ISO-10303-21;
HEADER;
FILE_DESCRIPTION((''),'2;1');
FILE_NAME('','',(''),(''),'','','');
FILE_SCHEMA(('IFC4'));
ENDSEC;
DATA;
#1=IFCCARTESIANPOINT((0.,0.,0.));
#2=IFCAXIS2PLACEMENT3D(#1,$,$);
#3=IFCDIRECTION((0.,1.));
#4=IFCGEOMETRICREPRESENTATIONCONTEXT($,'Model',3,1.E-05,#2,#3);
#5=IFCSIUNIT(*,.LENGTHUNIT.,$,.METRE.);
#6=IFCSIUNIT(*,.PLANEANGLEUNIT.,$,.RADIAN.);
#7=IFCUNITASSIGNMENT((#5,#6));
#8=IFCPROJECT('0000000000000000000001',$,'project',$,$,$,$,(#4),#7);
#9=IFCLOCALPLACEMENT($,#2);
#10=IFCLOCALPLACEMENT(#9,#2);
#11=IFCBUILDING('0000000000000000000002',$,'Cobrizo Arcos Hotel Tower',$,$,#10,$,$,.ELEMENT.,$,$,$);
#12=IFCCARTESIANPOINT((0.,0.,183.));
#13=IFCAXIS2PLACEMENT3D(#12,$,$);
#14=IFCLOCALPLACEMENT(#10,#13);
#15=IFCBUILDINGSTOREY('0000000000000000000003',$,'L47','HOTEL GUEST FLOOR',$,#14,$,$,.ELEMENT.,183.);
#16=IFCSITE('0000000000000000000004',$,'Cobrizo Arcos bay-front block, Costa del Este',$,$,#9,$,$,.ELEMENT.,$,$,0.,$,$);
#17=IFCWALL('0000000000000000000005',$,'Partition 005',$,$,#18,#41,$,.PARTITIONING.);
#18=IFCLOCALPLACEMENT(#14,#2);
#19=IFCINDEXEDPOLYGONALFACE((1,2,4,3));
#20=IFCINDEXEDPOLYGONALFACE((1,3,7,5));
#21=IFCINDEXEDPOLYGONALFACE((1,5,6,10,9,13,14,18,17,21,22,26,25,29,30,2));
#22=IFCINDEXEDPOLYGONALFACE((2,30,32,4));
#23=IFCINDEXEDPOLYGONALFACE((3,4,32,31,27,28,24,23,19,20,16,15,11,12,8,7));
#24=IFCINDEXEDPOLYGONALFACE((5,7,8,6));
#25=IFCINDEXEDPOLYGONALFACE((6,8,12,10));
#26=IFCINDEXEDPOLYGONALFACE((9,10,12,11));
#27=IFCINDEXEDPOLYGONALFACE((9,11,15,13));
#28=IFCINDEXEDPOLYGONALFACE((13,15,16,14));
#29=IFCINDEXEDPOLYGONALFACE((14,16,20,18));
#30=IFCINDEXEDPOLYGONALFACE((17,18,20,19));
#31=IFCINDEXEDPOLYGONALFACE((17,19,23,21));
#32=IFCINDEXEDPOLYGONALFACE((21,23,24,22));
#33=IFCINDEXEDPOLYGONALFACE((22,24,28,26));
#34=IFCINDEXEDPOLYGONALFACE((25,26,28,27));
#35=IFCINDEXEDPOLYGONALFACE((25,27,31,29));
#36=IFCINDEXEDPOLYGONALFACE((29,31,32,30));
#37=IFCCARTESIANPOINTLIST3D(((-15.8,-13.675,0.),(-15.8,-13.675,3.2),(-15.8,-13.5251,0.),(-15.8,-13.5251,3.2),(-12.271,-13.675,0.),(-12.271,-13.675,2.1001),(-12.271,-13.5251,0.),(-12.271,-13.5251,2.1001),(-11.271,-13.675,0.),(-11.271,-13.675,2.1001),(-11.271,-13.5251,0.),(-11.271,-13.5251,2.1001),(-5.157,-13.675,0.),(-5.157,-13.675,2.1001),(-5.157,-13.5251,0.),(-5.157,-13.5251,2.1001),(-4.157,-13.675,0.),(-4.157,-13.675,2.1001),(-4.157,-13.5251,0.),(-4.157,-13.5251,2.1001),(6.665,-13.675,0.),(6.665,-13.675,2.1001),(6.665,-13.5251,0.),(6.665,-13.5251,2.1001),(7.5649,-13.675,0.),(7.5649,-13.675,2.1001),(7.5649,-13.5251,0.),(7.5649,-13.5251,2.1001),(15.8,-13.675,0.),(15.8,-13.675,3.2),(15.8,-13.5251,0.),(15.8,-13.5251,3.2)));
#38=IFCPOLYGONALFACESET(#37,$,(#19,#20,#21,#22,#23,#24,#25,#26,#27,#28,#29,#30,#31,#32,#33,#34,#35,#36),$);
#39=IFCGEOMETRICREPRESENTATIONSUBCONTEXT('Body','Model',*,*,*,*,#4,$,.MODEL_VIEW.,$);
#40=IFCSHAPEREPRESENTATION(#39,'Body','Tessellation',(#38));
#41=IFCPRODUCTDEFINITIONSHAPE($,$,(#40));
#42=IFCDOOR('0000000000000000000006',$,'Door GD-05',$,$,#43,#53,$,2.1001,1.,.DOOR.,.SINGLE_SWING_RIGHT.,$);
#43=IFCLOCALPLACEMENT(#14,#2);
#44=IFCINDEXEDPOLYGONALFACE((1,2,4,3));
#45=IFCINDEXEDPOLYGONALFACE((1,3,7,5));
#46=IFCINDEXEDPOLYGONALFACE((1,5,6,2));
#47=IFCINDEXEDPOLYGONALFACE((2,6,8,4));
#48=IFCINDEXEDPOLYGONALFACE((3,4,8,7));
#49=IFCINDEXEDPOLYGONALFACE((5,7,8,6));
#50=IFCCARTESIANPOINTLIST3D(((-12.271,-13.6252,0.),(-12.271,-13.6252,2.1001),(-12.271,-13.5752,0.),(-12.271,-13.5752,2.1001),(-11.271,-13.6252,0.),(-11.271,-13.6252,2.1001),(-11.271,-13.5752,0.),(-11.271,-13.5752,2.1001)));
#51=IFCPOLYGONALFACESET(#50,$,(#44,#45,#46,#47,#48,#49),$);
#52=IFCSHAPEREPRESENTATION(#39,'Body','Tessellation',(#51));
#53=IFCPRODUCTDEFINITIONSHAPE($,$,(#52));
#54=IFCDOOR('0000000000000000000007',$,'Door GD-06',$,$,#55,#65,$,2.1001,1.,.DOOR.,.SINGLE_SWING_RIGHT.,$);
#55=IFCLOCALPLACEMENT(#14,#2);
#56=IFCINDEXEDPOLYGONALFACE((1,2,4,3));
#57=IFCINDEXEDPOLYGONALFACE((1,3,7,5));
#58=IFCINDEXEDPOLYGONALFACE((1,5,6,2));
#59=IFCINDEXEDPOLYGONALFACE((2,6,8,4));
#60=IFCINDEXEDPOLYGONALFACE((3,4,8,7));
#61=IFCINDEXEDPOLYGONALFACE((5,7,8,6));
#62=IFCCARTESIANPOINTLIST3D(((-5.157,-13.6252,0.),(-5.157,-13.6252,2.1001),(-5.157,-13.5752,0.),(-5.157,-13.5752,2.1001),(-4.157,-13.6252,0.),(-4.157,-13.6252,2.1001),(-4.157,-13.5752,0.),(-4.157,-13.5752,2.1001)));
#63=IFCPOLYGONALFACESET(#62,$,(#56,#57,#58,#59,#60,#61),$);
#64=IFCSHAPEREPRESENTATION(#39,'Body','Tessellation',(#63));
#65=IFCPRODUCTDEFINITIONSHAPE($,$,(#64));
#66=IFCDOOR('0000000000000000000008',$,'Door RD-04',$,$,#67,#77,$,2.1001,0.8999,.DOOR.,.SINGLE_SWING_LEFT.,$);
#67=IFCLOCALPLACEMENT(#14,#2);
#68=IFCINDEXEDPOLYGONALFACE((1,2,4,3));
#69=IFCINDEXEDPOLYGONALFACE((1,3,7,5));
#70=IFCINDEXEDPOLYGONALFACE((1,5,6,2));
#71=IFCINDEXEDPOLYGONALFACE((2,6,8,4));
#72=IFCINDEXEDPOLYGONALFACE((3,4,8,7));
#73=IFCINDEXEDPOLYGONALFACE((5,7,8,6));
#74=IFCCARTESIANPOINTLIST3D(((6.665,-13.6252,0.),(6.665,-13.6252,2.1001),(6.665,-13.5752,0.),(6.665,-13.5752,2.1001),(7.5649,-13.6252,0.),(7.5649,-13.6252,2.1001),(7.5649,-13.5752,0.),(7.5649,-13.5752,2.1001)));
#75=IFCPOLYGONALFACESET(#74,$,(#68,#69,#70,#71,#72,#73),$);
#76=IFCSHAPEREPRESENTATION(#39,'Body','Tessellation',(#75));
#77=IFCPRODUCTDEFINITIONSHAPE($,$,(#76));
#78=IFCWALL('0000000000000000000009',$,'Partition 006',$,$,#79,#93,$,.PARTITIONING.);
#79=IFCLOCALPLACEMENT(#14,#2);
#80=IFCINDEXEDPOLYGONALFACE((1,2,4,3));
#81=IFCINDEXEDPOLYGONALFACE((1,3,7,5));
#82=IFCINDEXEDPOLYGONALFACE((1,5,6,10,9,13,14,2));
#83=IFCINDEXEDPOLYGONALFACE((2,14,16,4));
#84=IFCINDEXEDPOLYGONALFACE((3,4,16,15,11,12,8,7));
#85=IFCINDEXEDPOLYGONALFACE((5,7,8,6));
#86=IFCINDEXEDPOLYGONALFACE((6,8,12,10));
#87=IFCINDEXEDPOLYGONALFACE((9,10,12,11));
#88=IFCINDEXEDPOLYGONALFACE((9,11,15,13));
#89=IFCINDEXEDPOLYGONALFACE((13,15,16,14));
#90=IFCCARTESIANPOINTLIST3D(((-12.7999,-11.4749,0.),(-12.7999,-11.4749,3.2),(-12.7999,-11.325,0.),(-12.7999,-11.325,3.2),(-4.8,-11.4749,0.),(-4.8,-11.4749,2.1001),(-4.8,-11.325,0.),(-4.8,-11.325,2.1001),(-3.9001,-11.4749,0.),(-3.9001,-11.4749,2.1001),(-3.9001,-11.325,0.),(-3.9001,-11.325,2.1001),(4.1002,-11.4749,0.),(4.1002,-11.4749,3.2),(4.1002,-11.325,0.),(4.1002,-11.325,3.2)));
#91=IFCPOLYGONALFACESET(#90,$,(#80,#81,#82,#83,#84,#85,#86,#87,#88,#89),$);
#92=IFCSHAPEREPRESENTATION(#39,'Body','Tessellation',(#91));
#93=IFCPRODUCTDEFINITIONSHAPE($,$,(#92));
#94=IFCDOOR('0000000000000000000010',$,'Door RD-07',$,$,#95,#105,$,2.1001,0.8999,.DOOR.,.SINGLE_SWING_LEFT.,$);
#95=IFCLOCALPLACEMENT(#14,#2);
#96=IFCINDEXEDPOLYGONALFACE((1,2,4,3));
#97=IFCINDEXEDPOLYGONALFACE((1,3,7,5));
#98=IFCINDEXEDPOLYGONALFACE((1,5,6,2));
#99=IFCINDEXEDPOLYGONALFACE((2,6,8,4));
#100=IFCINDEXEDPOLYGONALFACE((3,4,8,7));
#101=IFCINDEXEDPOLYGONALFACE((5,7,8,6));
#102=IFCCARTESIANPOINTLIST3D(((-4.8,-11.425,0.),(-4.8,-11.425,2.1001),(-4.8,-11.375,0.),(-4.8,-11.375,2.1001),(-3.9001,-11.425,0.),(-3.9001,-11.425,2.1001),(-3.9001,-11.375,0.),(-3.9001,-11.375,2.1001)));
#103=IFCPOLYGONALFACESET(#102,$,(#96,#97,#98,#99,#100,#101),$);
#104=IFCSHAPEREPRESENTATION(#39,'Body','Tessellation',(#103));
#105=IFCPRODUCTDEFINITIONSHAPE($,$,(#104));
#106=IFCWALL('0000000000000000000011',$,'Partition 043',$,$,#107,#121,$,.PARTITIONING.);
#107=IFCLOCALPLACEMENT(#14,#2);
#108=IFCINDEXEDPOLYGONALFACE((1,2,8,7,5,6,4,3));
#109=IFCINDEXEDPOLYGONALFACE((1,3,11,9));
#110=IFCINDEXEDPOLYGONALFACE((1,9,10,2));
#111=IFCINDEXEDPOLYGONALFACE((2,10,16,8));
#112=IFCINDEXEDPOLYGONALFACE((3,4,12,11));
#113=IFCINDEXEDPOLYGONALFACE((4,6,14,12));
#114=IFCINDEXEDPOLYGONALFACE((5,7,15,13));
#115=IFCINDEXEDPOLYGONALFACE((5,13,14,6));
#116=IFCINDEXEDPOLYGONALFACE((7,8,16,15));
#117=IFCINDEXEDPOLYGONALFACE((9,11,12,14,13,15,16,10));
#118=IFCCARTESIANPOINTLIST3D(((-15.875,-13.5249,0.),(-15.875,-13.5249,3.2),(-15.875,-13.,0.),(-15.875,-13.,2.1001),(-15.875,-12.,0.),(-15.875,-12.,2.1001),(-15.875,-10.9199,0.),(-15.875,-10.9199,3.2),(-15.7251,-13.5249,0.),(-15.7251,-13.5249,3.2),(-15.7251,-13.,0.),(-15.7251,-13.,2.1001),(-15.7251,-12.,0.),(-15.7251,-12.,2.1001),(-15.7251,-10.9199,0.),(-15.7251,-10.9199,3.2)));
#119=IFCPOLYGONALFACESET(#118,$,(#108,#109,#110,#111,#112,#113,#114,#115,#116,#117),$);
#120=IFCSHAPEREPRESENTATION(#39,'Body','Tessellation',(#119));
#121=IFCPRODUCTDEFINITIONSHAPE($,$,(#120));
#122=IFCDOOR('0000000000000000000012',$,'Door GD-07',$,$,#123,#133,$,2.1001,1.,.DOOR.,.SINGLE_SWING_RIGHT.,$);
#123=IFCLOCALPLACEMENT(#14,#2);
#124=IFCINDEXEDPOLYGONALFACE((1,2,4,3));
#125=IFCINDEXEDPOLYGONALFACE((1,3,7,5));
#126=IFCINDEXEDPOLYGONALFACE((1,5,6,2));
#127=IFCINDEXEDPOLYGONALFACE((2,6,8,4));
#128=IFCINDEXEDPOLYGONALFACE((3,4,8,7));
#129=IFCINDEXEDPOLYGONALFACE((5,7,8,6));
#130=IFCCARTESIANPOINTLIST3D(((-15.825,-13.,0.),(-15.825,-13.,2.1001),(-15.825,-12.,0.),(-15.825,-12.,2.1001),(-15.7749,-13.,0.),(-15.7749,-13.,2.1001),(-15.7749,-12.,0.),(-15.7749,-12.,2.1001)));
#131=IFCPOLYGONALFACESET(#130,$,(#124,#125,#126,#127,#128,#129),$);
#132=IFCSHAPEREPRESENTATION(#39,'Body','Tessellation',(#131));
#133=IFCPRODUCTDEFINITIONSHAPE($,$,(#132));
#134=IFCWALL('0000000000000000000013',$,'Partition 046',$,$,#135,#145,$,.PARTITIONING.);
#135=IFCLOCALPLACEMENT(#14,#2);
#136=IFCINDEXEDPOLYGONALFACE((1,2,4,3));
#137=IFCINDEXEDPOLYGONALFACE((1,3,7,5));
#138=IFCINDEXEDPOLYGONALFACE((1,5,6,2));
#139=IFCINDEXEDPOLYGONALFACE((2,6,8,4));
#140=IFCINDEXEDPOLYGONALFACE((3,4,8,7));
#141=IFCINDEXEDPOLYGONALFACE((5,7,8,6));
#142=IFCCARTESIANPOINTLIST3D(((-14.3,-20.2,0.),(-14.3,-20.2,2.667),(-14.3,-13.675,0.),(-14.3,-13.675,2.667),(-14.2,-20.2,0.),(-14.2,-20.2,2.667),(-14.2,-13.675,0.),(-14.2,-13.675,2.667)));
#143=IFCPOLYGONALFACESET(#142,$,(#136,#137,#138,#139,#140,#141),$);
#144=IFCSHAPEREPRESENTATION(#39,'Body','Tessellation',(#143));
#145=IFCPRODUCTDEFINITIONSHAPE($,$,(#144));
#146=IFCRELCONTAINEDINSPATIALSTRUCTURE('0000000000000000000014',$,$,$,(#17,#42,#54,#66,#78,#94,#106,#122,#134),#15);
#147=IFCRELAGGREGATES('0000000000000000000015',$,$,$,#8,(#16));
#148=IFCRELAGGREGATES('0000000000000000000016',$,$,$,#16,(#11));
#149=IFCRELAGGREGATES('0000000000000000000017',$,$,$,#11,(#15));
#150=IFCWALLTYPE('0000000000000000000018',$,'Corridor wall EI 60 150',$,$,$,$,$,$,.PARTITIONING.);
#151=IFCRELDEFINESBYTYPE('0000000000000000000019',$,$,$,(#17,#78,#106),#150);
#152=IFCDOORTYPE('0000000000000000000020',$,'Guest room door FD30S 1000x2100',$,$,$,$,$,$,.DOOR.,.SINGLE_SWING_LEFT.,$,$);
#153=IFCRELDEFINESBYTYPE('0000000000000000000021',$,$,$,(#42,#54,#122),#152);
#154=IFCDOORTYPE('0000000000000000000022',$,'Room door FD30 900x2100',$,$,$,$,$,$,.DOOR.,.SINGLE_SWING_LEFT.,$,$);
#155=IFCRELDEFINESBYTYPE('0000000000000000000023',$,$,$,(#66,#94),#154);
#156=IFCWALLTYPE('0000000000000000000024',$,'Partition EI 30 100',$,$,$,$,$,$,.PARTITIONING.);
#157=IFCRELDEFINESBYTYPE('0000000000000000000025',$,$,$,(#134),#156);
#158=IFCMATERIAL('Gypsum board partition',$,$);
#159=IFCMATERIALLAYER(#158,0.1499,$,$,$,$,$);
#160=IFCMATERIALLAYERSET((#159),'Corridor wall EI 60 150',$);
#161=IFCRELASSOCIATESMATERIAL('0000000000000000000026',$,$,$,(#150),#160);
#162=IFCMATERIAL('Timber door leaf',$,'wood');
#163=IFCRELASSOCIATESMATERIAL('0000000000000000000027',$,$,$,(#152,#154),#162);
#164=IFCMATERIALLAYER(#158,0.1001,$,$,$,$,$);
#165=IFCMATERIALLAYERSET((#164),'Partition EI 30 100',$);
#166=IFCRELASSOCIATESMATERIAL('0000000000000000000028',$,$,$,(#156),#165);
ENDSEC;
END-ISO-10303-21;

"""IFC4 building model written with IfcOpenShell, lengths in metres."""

from ifc_helpers import new_model, si_unit, direction, frame, frame_2d, origin, place, context, subcontext, project, spatial, rectangle, extrude, material, layer, layer_set, type_object, element, fill, save


model = new_model("IFC4")

# Units and contexts
model_context = context("Model", 3, precision=1e-05, world=origin(), true_north=direction((0.0, 1.0)))
body_context = subcontext(model_context, "Body", "Model", "MODEL_VIEW")
ifc_project = project(units=[si_unit("LENGTHUNIT", "METRE"), si_unit("PLANEANGLEUNIT", "RADIAN")], contexts=[model_context])

# Site, building, storey
site_placement = place(None, origin())
site = spatial("IfcSite", under=ifc_project, at=site_placement, Name="Cobrizo Arcos bay-front block, Costa del Este", CompositionType="ELEMENT", RefElevation=0.0)
building_placement = place(site_placement, origin())
building = spatial("IfcBuilding", under=site, at=building_placement, Name="Cobrizo Arcos Hotel Tower", CompositionType="ELEMENT")
storey_placement = place(building_placement, frame((0.0, 0.0, 183.0)))
storey = spatial("IfcBuildingStorey", under=building, at=storey_placement, Name="L47", Description="HOTEL GUEST FLOOR", CompositionType="ELEMENT", Elevation=183.0)

# Wall, openings, doors
ifc_material_1 = material(Name="Gypsum board partition")
ifc_layer_1 = layer(ifc_material_1, 0.1499)
ifc_layer_set_1 = layer_set([ifc_layer_1], Name="Corridor wall EI 60 150")
wall_type_1 = type_object("IfcWallType", Name="Corridor wall EI 60 150", PredefinedType="PARTITIONING", material=ifc_layer_set_1)
wall_1_placement = place(storey_placement, frame((-15.8, -13.6001, 0.0), z_axis=(0.0, 0.0, 1.0), x_axis=(1.0, 0.0, 0.0)))
wall_1 = element("IfcWall", 1, at=wall_1_placement, inside=storey, type_object=wall_type_1, Name="Partition 005", PredefinedType="PARTITIONING", context=body_context, shape_type="SweptSolid", body=[
    extrude(rectangle(XDim=31.6001, YDim=0.1499, at=frame_2d((15.8, 0.0))), origin(), (0.0, 0.0, 1.0), 3.2),
])
opening_1_placement = place(wall_1_placement, frame((3.5291, 0.0, 0.0)))
opening_1 = element("IfcOpeningElement", 2, at=opening_1_placement, cuts=wall_1, PredefinedType="OPENING", context=body_context, shape_type="SweptSolid", body=[
    extrude(rectangle(XDim=1.0, YDim=2.1001, at=frame_2d((0.5, 1.05))), frame((0.0, 0.0869, 0.0), z_axis=(0.0, -1.0, 0.0), x_axis=(1.0, 0.0, 0.0)), (0.0, 0.0, 1.0), 0.1738),
])
opening_2_placement = place(wall_1_placement, frame((10.6431, 0.0, 0.0)))
opening_2 = element("IfcOpeningElement", 3, at=opening_2_placement, cuts=wall_1, PredefinedType="OPENING", context=body_context, shape_type="SweptSolid", body=[
    extrude(rectangle(XDim=1.0, YDim=2.1001, at=frame_2d((0.5, 1.05))), frame((0.0, 0.0869, 0.0), z_axis=(0.0, -1.0, 0.0), x_axis=(1.0, 0.0, 0.0)), (0.0, 0.0, 1.0), 0.1738),
])
opening_3_placement = place(wall_1_placement, frame((22.4651, 0.0, 0.0)))
opening_3 = element("IfcOpeningElement", 4, at=opening_3_placement, cuts=wall_1, PredefinedType="OPENING", context=body_context, shape_type="SweptSolid", body=[
    extrude(rectangle(XDim=0.8999, YDim=2.1001, at=frame_2d((0.45, 1.05))), frame((0.0, 0.0869, 0.0), z_axis=(0.0, -1.0, 0.0), x_axis=(1.0, 0.0, 0.0)), (0.0, 0.0, 1.0), 0.1738),
])
ifc_material_2 = material(Name="Timber door leaf", Category="wood")
door_type_1 = type_object("IfcDoorType", Name="Guest room door FD30S 1000x2100", OperationType="SINGLE_SWING_LEFT", PredefinedType="DOOR", material=ifc_material_2)
door_1_placement = place(opening_1_placement, origin())
door_1 = element("IfcDoor", 5, at=door_1_placement, inside=storey, type_object=door_type_1, Name="Door GD-05", OperationType="SINGLE_SWING_RIGHT", OverallHeight=2.1001, OverallWidth=1.0, PredefinedType="DOOR", context=body_context, shape_type="SweptSolid", body=[
    extrude(rectangle(XDim=1.0, YDim=2.1001, at=frame_2d((0.5, 1.05))), frame((0.0, 0.0249, 0.0), z_axis=(0.0, -1.0, 0.0), x_axis=(1.0, 0.0, 0.0)), (0.0, 0.0, 1.0), 0.05),
])
fill(opening_1, door_1)
door_2_placement = place(opening_2_placement, origin())
door_2 = element("IfcDoor", 6, at=door_2_placement, inside=storey, type_object=door_type_1, Name="Door GD-06", OperationType="SINGLE_SWING_RIGHT", OverallHeight=2.1001, OverallWidth=1.0, PredefinedType="DOOR", context=body_context, shape_type="SweptSolid", body=[
    extrude(rectangle(XDim=1.0, YDim=2.1001, at=frame_2d((0.5, 1.05))), frame((0.0, 0.0249, 0.0), z_axis=(0.0, -1.0, 0.0), x_axis=(1.0, 0.0, 0.0)), (0.0, 0.0, 1.0), 0.05),
])
fill(opening_2, door_2)
door_type_2 = type_object("IfcDoorType", Name="Room door FD30 900x2100", OperationType="SINGLE_SWING_LEFT", PredefinedType="DOOR", material=ifc_material_2)
door_3_placement = place(opening_3_placement, origin())
door_3 = element("IfcDoor", 7, at=door_3_placement, inside=storey, type_object=door_type_2, Name="Door RD-04", OperationType="SINGLE_SWING_LEFT", OverallHeight=2.1001, OverallWidth=0.8999, PredefinedType="DOOR", context=body_context, shape_type="SweptSolid", body=[
    extrude(rectangle(XDim=0.8999, YDim=2.1001, at=frame_2d((0.45, 1.05))), frame((0.0, 0.0249, 0.0), z_axis=(0.0, -1.0, 0.0), x_axis=(1.0, 0.0, 0.0)), (0.0, 0.0, 1.0), 0.05),
])
fill(opening_3, door_3)

# Walls, openings, doors
wall_2_placement = place(storey_placement, frame((-12.8, -11.3999, 0.0), z_axis=(0.0, 0.0, 1.0), x_axis=(1.0, 0.0, 0.0)))
wall_2 = element("IfcWall", 8, at=wall_2_placement, inside=storey, type_object=wall_type_1, Name="Partition 006", PredefinedType="PARTITIONING", context=body_context, shape_type="SweptSolid", body=[
    extrude(rectangle(XDim=16.9001, YDim=0.1499, at=frame_2d((8.4502, 0.0))), origin(), (0.0, 0.0, 1.0), 3.2),
])
opening_4_placement = place(wall_2_placement, frame((8.0, 0.0, 0.0)))
opening_4 = element("IfcOpeningElement", 9, at=opening_4_placement, cuts=wall_2, PredefinedType="OPENING", context=body_context, shape_type="SweptSolid", body=[
    extrude(rectangle(XDim=0.8999, YDim=2.1001, at=frame_2d((0.45, 1.05))), frame((0.0, 0.0869, 0.0), z_axis=(0.0, -1.0, 0.0), x_axis=(1.0, 0.0, 0.0)), (0.0, 0.0, 1.0), 0.1738),
])
door_4_placement = place(opening_4_placement, origin())
door_4 = element("IfcDoor", 10, at=door_4_placement, inside=storey, type_object=door_type_2, Name="Door RD-07", OperationType="SINGLE_SWING_LEFT", OverallHeight=2.1001, OverallWidth=0.8999, PredefinedType="DOOR", context=body_context, shape_type="SweptSolid", body=[
    extrude(rectangle(XDim=0.8999, YDim=2.1001, at=frame_2d((0.45, 1.05))), frame((0.0, 0.0249, 0.0), z_axis=(0.0, -1.0, 0.0), x_axis=(1.0, 0.0, 0.0)), (0.0, 0.0, 1.0), 0.05),
])
fill(opening_4, door_4)
wall_3_placement = place(storey_placement, frame((-15.8, -13.5249, 0.0), z_axis=(0.0, 0.0, 1.0), x_axis=(0.0, 1.0, 0.0)))
wall_3 = element("IfcWall", 11, at=wall_3_placement, inside=storey, type_object=wall_type_1, Name="Partition 043", PredefinedType="PARTITIONING", context=body_context, shape_type="SweptSolid", body=[
    extrude(rectangle(XDim=2.605, YDim=0.1499, at=frame_2d((1.3025, 0.0))), origin(), (0.0, 0.0, 1.0), 3.2),
])
opening_5_placement = place(wall_3_placement, frame((0.5249, 0.0, 0.0)))
opening_5 = element("IfcOpeningElement", 12, at=opening_5_placement, cuts=wall_3, PredefinedType="OPENING", context=body_context, shape_type="SweptSolid", body=[
    extrude(rectangle(XDim=1.0, YDim=2.1001, at=frame_2d((0.5, 1.05))), frame((0.0, 0.0869, 0.0), z_axis=(0.0, -1.0, 0.0), x_axis=(1.0, 0.0, 0.0)), (0.0, 0.0, 1.0), 0.1738),
])
door_5_placement = place(opening_5_placement, origin())
door_5 = element("IfcDoor", 13, at=door_5_placement, inside=storey, type_object=door_type_1, Name="Door GD-07", OperationType="SINGLE_SWING_RIGHT", OverallHeight=2.1001, OverallWidth=1.0, PredefinedType="DOOR", context=body_context, shape_type="SweptSolid", body=[
    extrude(rectangle(XDim=1.0, YDim=2.1001, at=frame_2d((0.5, 1.05))), frame((0.0, 0.0249, 0.0), z_axis=(0.0, -1.0, 0.0), x_axis=(1.0, 0.0, 0.0)), (0.0, 0.0, 1.0), 0.05),
])
fill(opening_5, door_5)

# Wall
ifc_layer_2 = layer(ifc_material_1, 0.1001)
ifc_layer_set_2 = layer_set([ifc_layer_2], Name="Partition EI 30 100")
wall_type_2 = type_object("IfcWallType", Name="Partition EI 30 100", PredefinedType="PARTITIONING", material=ifc_layer_set_2)
wall_4_placement = place(storey_placement, frame((-14.25, -20.2, 0.0), z_axis=(0.0, 0.0, 1.0), x_axis=(0.0, 1.0, 0.0)))
element("IfcWall", 14, at=wall_4_placement, inside=storey, type_object=wall_type_2, Name="Partition 046", PredefinedType="PARTITIONING", context=body_context, shape_type="SweptSolid", body=[
    extrude(rectangle(XDim=6.5249, YDim=0.1001, at=frame_2d((3.2625, 0.0))), origin(), (0.0, 0.0, 1.0), 2.667),
])

save(model, "model.ifc")
